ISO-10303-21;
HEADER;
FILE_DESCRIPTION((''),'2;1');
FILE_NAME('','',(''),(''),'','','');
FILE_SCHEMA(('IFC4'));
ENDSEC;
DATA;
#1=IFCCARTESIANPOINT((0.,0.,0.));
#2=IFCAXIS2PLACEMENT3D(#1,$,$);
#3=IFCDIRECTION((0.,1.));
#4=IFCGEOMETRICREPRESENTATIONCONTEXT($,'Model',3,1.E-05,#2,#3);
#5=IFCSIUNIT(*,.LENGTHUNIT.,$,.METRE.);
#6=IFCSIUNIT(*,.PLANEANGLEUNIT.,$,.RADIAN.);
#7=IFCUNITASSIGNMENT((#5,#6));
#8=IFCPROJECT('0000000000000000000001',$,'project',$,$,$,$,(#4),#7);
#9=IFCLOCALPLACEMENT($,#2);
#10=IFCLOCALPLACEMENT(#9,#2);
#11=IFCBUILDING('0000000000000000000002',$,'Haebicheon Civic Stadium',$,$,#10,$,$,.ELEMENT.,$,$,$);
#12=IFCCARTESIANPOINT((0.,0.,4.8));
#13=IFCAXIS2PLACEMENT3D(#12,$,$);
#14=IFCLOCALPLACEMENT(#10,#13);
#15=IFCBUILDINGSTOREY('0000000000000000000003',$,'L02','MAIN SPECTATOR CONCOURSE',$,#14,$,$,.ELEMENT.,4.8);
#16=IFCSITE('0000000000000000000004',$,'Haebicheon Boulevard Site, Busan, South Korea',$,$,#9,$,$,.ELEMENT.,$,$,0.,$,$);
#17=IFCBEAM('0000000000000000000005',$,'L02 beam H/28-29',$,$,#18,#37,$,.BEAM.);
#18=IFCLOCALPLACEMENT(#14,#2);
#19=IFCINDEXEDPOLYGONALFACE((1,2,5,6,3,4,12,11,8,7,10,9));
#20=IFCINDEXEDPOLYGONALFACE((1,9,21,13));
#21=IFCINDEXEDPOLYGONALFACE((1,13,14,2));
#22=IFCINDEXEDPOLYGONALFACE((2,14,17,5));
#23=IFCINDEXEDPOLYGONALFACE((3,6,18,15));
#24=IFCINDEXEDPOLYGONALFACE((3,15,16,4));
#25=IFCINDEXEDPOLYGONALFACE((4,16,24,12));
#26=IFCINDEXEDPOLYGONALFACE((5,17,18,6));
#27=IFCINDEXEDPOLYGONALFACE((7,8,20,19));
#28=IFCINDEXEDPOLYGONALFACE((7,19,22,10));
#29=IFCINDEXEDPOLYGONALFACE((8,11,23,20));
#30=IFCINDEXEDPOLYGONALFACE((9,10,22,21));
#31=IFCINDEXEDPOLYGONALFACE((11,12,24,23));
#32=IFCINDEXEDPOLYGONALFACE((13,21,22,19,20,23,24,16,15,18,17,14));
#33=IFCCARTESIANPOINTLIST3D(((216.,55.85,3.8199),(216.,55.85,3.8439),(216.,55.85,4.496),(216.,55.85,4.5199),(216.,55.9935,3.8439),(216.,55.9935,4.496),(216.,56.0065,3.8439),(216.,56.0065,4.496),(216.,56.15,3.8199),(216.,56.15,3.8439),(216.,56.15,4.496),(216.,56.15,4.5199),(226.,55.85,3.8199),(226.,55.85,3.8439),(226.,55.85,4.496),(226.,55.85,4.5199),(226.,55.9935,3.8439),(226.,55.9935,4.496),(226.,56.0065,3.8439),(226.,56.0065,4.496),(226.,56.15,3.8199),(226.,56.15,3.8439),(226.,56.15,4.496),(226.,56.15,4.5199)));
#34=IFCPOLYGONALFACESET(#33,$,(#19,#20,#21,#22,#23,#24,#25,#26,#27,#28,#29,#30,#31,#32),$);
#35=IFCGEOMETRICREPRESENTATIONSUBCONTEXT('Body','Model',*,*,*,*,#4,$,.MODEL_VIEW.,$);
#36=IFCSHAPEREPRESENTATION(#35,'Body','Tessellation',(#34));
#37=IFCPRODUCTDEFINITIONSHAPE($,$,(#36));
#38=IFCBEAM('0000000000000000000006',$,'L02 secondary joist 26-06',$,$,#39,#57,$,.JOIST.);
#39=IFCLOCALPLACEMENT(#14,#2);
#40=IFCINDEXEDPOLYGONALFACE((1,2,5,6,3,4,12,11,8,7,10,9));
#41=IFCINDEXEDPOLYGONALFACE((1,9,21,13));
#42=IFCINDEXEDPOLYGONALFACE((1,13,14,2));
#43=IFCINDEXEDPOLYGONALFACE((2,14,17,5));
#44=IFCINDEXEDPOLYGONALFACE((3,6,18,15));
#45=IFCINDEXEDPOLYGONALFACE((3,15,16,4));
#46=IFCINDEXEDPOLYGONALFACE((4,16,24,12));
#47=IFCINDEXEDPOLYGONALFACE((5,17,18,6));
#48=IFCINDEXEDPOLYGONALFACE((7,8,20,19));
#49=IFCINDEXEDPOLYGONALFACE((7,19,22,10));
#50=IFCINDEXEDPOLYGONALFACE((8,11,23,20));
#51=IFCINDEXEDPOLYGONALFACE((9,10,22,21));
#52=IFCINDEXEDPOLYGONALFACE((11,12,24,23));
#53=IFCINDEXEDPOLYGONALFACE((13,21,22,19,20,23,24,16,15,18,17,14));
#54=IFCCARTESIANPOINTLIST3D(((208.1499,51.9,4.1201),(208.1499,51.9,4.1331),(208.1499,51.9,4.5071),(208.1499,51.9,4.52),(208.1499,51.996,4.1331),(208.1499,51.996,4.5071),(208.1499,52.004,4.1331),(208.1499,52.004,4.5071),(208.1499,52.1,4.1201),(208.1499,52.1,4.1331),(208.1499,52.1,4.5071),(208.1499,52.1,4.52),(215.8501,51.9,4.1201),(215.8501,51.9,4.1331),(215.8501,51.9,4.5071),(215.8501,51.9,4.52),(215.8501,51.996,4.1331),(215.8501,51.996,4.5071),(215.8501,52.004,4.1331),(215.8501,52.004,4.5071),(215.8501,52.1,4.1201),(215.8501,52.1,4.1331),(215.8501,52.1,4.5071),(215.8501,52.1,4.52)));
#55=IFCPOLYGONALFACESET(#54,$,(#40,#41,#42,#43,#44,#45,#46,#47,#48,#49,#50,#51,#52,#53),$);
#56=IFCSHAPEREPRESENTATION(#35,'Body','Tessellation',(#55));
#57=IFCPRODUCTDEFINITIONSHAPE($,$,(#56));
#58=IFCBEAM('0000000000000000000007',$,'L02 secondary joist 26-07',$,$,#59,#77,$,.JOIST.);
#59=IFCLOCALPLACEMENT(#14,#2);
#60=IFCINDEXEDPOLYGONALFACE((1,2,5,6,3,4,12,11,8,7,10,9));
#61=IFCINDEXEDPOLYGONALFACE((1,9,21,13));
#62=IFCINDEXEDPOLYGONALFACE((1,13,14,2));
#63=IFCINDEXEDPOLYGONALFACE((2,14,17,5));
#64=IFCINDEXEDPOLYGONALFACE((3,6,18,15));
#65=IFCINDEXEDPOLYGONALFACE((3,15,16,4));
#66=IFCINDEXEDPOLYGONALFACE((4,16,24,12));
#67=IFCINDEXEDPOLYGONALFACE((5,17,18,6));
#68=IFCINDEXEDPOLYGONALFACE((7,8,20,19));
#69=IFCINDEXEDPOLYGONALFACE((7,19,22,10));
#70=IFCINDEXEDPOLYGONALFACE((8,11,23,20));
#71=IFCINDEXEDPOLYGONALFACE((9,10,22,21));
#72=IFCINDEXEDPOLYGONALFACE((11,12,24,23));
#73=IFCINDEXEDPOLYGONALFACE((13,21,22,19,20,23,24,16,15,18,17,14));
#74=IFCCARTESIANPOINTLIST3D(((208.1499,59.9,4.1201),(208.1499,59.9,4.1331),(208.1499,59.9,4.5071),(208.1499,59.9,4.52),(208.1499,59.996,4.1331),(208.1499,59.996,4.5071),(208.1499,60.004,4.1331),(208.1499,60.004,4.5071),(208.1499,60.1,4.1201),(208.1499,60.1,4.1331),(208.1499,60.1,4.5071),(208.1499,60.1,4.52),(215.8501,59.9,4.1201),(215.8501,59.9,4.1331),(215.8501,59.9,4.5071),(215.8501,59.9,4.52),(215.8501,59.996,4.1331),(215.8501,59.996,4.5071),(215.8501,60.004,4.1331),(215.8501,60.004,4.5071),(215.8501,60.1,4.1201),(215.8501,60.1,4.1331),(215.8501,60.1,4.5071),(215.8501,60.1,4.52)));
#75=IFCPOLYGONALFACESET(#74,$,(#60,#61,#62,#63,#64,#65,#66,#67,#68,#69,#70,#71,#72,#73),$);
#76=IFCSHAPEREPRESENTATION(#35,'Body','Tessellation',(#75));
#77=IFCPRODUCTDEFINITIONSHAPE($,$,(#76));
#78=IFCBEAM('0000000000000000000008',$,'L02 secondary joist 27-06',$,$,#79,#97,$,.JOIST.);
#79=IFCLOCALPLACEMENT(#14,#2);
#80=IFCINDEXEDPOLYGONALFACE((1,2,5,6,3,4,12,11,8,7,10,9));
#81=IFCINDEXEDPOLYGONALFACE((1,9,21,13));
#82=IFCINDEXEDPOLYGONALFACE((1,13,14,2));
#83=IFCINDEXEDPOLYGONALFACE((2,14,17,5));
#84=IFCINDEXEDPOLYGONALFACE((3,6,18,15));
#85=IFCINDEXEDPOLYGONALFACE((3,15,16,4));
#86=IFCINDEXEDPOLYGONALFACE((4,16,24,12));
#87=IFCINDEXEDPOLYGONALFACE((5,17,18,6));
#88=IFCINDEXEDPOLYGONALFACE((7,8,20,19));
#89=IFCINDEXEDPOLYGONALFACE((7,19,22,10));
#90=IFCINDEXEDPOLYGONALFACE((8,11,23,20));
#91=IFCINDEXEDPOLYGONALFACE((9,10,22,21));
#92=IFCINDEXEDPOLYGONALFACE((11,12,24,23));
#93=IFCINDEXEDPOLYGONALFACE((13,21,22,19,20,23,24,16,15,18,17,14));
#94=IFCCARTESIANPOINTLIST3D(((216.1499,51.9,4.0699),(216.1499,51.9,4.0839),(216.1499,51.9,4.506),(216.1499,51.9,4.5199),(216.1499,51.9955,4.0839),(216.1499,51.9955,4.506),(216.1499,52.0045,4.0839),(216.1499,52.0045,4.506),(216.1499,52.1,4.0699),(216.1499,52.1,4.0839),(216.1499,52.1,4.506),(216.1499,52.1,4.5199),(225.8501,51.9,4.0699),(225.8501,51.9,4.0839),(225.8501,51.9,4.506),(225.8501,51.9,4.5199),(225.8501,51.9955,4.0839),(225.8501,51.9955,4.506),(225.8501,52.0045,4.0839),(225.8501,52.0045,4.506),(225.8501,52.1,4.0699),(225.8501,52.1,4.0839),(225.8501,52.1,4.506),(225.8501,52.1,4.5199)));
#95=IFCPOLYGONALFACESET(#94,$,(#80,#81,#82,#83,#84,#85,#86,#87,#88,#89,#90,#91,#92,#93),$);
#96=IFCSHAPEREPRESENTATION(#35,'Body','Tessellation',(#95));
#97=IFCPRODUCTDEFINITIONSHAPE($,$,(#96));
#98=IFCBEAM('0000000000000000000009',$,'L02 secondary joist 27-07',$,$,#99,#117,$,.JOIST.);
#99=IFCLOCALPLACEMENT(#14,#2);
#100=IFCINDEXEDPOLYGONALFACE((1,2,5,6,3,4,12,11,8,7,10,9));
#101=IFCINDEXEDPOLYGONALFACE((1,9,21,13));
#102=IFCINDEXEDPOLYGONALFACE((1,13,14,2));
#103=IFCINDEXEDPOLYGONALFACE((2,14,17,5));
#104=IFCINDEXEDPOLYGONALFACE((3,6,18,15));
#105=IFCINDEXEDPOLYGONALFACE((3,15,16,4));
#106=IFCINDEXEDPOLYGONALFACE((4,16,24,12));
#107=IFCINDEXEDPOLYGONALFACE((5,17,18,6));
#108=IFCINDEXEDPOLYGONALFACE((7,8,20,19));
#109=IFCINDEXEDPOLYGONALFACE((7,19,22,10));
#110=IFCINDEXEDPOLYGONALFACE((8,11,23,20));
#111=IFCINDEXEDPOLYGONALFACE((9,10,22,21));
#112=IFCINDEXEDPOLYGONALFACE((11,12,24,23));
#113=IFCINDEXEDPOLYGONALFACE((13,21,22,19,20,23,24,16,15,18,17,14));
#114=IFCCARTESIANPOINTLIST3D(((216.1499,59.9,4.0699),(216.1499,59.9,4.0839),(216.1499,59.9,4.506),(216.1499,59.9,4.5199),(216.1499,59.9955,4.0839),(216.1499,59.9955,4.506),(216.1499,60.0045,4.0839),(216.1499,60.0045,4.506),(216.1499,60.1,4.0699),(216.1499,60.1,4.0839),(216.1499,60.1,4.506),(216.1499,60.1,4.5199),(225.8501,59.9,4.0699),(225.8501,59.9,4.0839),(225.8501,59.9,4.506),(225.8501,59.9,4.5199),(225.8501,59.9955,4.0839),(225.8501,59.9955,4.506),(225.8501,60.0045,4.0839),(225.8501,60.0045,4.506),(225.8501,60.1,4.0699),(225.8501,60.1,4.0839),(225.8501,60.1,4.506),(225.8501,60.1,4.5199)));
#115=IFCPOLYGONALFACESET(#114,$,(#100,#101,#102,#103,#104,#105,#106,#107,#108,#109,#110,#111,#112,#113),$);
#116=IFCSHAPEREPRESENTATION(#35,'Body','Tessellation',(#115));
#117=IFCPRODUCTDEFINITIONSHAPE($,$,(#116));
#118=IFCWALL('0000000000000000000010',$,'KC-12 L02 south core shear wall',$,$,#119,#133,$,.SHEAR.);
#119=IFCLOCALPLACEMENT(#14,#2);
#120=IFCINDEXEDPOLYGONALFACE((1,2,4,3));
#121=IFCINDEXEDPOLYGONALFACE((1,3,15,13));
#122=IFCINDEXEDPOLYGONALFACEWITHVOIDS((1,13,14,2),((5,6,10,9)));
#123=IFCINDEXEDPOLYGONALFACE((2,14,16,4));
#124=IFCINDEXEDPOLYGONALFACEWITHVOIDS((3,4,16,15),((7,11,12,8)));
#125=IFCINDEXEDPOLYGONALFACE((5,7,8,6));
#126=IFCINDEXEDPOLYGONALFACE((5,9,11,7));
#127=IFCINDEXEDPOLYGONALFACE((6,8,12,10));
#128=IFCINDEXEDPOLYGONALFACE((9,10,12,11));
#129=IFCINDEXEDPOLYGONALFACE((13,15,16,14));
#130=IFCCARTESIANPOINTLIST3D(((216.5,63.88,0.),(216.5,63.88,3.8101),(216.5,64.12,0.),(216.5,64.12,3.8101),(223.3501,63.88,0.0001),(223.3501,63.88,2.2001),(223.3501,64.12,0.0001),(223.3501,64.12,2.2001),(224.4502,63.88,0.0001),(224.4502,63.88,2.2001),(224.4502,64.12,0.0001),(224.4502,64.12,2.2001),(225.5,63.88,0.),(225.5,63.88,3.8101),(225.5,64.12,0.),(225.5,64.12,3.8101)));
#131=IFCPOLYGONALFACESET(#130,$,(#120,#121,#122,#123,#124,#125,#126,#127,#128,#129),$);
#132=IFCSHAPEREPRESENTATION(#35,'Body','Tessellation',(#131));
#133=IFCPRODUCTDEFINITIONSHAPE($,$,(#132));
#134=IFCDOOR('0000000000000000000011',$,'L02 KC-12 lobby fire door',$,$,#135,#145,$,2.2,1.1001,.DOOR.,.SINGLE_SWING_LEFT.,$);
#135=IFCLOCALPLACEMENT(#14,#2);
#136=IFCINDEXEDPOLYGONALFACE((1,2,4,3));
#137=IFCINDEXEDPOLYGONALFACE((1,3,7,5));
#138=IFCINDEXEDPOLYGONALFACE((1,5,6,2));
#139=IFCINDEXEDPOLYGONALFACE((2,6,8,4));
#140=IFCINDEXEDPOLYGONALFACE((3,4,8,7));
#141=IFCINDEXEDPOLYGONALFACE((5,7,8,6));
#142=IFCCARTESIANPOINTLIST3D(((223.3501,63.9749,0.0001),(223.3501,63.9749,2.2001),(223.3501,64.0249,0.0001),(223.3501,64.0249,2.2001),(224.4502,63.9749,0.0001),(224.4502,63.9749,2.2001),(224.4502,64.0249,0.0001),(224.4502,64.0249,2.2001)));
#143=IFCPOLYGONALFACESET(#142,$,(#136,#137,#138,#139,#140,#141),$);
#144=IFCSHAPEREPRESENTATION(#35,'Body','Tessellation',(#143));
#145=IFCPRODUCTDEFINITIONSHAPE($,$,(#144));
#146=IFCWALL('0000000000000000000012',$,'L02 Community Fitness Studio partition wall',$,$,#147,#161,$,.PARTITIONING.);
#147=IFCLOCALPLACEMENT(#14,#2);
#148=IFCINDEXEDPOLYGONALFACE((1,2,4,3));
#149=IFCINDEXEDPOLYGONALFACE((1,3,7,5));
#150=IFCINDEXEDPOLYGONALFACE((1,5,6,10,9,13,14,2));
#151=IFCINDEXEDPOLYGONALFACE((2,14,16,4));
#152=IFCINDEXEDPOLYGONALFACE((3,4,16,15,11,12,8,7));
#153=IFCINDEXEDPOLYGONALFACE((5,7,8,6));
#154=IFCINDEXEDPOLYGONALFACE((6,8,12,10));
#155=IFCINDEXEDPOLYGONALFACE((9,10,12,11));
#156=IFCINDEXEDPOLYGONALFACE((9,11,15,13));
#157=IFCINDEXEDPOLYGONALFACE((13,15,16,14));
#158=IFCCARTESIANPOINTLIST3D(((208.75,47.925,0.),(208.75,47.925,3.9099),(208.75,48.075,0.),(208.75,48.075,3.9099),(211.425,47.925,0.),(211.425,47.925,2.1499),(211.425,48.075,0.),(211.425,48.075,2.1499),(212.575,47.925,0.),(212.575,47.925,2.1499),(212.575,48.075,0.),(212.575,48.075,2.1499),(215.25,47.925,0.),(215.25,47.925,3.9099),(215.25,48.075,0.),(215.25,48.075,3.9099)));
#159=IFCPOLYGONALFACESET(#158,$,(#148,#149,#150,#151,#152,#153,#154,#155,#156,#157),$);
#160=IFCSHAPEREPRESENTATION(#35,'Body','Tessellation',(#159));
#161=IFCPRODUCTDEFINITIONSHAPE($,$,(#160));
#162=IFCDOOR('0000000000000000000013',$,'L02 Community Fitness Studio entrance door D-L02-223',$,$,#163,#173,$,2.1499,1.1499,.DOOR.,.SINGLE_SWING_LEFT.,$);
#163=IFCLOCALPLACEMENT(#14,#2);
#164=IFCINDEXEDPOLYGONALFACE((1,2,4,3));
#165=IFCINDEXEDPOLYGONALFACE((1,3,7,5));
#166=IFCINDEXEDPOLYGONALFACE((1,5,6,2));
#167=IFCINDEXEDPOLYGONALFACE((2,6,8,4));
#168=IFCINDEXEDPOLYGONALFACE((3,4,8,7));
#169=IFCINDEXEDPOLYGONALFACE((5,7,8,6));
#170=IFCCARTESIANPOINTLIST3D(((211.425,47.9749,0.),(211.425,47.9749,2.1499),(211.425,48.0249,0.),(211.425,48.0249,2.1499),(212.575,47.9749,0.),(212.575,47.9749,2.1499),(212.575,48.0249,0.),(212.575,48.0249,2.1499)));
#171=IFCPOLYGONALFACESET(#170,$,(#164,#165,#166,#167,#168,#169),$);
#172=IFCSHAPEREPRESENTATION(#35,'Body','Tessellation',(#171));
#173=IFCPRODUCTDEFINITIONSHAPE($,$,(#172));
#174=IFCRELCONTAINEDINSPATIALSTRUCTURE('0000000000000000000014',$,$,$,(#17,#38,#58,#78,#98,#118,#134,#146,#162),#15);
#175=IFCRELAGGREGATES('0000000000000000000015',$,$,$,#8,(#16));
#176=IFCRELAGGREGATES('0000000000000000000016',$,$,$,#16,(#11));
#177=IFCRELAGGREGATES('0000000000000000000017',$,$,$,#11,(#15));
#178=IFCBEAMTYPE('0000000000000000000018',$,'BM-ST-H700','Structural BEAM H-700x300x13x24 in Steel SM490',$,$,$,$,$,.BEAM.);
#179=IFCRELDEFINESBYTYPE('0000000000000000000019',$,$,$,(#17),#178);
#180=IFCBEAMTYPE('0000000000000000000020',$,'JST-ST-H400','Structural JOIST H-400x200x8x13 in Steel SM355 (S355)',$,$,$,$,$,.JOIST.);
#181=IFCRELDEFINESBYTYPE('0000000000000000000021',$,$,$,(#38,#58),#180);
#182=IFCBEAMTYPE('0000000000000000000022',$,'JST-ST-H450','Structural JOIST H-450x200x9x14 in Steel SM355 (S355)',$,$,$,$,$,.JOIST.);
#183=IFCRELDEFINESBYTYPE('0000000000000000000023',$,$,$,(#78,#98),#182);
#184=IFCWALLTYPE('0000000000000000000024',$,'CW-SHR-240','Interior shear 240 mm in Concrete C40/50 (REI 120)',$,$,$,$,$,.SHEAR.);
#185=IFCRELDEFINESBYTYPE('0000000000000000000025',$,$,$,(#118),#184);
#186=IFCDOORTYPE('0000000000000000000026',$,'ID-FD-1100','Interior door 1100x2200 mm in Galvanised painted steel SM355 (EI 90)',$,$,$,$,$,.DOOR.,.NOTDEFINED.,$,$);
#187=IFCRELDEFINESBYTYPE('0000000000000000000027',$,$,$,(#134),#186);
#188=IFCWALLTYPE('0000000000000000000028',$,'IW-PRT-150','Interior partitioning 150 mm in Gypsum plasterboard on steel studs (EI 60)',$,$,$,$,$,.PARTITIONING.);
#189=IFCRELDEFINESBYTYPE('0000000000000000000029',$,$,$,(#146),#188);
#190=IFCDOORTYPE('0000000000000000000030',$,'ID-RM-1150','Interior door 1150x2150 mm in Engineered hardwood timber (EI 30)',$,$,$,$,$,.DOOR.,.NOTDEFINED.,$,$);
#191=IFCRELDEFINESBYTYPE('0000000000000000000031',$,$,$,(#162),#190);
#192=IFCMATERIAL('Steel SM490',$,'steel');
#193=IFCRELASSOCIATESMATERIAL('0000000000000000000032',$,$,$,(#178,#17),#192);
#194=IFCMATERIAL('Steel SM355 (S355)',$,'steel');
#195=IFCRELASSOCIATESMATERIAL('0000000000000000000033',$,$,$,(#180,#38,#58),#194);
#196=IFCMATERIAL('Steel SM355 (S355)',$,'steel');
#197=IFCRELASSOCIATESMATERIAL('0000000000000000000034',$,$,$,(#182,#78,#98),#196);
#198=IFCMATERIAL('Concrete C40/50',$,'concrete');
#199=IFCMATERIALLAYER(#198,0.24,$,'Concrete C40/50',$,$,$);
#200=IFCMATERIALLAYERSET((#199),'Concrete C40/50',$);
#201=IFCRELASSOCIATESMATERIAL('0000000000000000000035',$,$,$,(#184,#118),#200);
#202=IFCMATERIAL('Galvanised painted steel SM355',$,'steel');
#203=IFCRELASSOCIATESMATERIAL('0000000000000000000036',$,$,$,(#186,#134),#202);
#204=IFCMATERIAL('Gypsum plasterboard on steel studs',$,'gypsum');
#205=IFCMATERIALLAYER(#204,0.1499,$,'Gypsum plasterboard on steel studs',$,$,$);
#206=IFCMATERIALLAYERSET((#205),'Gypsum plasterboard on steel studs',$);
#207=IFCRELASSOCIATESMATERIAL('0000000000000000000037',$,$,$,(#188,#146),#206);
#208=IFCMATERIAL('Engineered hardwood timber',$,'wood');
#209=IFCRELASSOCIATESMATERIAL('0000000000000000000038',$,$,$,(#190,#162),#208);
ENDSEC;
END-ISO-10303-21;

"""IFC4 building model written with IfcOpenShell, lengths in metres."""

from ifc_helpers import new_model, si_unit, direction, frame, frame_2d, origin, origin_2d, place, context, subcontext, project, spatial, rectangle, i_section, extrude, material, layer, layer_set, material_profile, profile_set, type_object, element, fill, save


model = new_model("IFC4")

# Units and contexts
model_context = context("Model", 3, precision=1e-05, world=origin(), true_north=direction((0.0, 1.0)))
body_context = subcontext(model_context, "Body", "Model", "MODEL_VIEW")
ifc_project = project(units=[si_unit("LENGTHUNIT", "METRE"), si_unit("PLANEANGLEUNIT", "RADIAN")], contexts=[model_context])

# Site, building, storey
site_placement = place(None, origin())
site = spatial("IfcSite", under=ifc_project, at=site_placement, Name="Haebicheon Boulevard Site, Busan, South Korea", CompositionType="ELEMENT", RefElevation=0.0)
building_placement = place(site_placement, origin())
building = spatial("IfcBuilding", under=site, at=building_placement, Name="Haebicheon Civic Stadium", CompositionType="ELEMENT")
storey_placement = place(building_placement, frame((0.0, 0.0, 4.8)))
storey = spatial("IfcBuildingStorey", under=building, at=storey_placement, Name="L02", Description="MAIN SPECTATOR CONCOURSE", CompositionType="ELEMENT", Elevation=4.8)

# Beams
ifc_material_1 = material(Name="Steel SM490", Category="steel")
ifc_material_profile_1 = material_profile(ifc_material_1, i_section(OverallWidth=0.3, OverallDepth=0.7, WebThickness=0.0129, FlangeThickness=0.0239, at=origin_2d()), Name="H-700x300x13x24")
ifc_profile_set_1 = profile_set([ifc_material_profile_1], Name="Steel SM490")
beam_type_1 = type_object("IfcBeamType", Name="BM-ST-H700", Description="Structural BEAM H-700x300x13x24 in Steel SM490", PredefinedType="BEAM", material=ifc_profile_set_1)
for number, where, z_axis, x_axis, name in (
    (1, (216.0, 56.0, 4.1699), (1.0, 0.0, 0.0), (0.0, 1.0, 0.0), "L02 beam H/28-29"),
):
    element("IfcBeam", number, at=place(storey_placement, frame(where, z_axis=z_axis, x_axis=x_axis)), inside=storey, type_object=beam_type_1, material=ifc_profile_set_1, Name=name, PredefinedType="BEAM", context=body_context, shape_type="SweptSolid", body=[
        extrude(i_section(OverallWidth=0.3, OverallDepth=0.7, WebThickness=0.0129, FlangeThickness=0.0239, at=origin_2d()), origin(), (0.0, 0.0, 1.0), 10.0),
    ])
ifc_material_2 = material(Name="Steel SM355 (S355)", Category="steel")
ifc_material_profile_2 = material_profile(ifc_material_2, i_section(OverallWidth=0.2, OverallDepth=0.3999, WebThickness=0.0081, FlangeThickness=0.0129, at=origin_2d()), Name="H-400x200x8x13")
ifc_profile_set_2 = profile_set([ifc_material_profile_2], Name="Steel SM355 (S355)")
beam_type_2 = type_object("IfcBeamType", Name="JST-ST-H400", Description="Structural JOIST H-400x200x8x13 in Steel SM355 (S355)", PredefinedType="JOIST", material=ifc_profile_set_2)
for number, where, z_axis, x_axis, name in (
    (2, (208.1499, 52.0, 4.3201), (1.0, 0.0, 0.0), (0.0, 1.0, 0.0), "L02 secondary joist 26-06"),
    (3, (208.1499, 60.0, 4.3201), (1.0, 0.0, 0.0), (0.0, 1.0, 0.0), "L02 secondary joist 26-07"),
):
    element("IfcBeam", number, at=place(storey_placement, frame(where, z_axis=z_axis, x_axis=x_axis)), inside=storey, type_object=beam_type_2, material=ifc_profile_set_2, Name=name, PredefinedType="JOIST", context=body_context, shape_type="SweptSolid", body=[
        extrude(i_section(OverallWidth=0.2, OverallDepth=0.3999, WebThickness=0.0081, FlangeThickness=0.0129, at=origin_2d()), origin(), (0.0, 0.0, 1.0), 7.7002),
    ])
ifc_material_3 = material(Name="Steel SM355 (S355)", Category="steel")
ifc_material_profile_3 = material_profile(ifc_material_3, i_section(OverallWidth=0.2, OverallDepth=0.45, WebThickness=0.009, FlangeThickness=0.0139, at=origin_2d()), Name="H-450x200x9x14")
ifc_profile_set_3 = profile_set([ifc_material_profile_3], Name="Steel SM355 (S355)")
beam_type_3 = type_object("IfcBeamType", Name="JST-ST-H450", Description="Structural JOIST H-450x200x9x14 in Steel SM355 (S355)", PredefinedType="JOIST", material=ifc_profile_set_3)
for number, where, z_axis, x_axis, name in (
    (4, (216.1499, 52.0, 4.2949), (1.0, 0.0, 0.0), (0.0, 1.0, 0.0), "L02 secondary joist 27-06"),
    (5, (216.1499, 60.0, 4.2949), (1.0, 0.0, 0.0), (0.0, 1.0, 0.0), "L02 secondary joist 27-07"),
):
    element("IfcBeam", number, at=place(storey_placement, frame(where, z_axis=z_axis, x_axis=x_axis)), inside=storey, type_object=beam_type_3, material=ifc_profile_set_3, Name=name, PredefinedType="JOIST", context=body_context, shape_type="SweptSolid", body=[
        extrude(i_section(OverallWidth=0.2, OverallDepth=0.45, WebThickness=0.009, FlangeThickness=0.0139, at=origin_2d()), origin(), (0.0, 0.0, 1.0), 9.7002),
    ])

# Walls, openings, doors
ifc_material_4 = material(Name="Concrete C40/50", Category="concrete")
ifc_layer_1 = layer(ifc_material_4, 0.24, Name="Concrete C40/50")
ifc_layer_set_1 = layer_set([ifc_layer_1], Name="Concrete C40/50")
wall_type_1 = type_object("IfcWallType", Name="CW-SHR-240", Description="Interior shear 240 mm in Concrete C40/50 (REI 120)", PredefinedType="SHEAR", material=ifc_layer_set_1)
wall_1_placement = place(storey_placement, frame((216.5, 64.0, 0.0), z_axis=(0.0, 0.0, 1.0), x_axis=(1.0, 0.0, 0.0)))
wall_1 = element("IfcWall", 6, at=wall_1_placement, inside=storey, type_object=wall_type_1, material=ifc_layer_set_1, Name="KC-12 L02 south core shear wall", PredefinedType="SHEAR", context=body_context, shape_type="SweptSolid", body=[
    extrude(rectangle(XDim=9.0, YDim=0.24, at=frame_2d((4.5, 0.0))), origin(), (0.0, 0.0, 1.0), 3.8101),
])
opening_1_placement = place(wall_1_placement, frame((6.8501, 0.0, 0.0)))
opening_1 = element("IfcOpeningElement", 7, at=opening_1_placement, cuts=wall_1, PredefinedType="OPENING", context=body_context, shape_type="SweptSolid", body=[
    extrude(rectangle(XDim=1.1001, YDim=2.2, at=frame_2d((0.55, 1.1001))), frame((0.0, 0.1299, 0.0), z_axis=(0.0, -1.0, 0.0), x_axis=(1.0, 0.0, 0.0)), (0.0, 0.0, 1.0), 0.26),
])
ifc_material_5 = material(Name="Galvanised painted steel SM355", Category="steel")
door_type_1 = type_object("IfcDoorType", Name="ID-FD-1100", Description="Interior door 1100x2200 mm in Galvanised painted steel SM355 (EI 90)", OperationType="NOTDEFINED", PredefinedType="DOOR", material=ifc_material_5)
door_1_placement = place(opening_1_placement, origin())
door_1 = element("IfcDoor", 8, at=door_1_placement, inside=storey, type_object=door_type_1, material=ifc_material_5, Name="L02 KC-12 lobby fire door", OperationType="SINGLE_SWING_LEFT", OverallHeight=2.2, OverallWidth=1.1001, PredefinedType="DOOR", context=body_context, shape_type="SweptSolid", body=[
    extrude(rectangle(XDim=1.1001, YDim=2.2, at=frame_2d((0.55, 1.1001))), frame((0.0, 0.0249, 0.0), z_axis=(0.0, -1.0, 0.0), x_axis=(1.0, 0.0, 0.0)), (0.0, 0.0, 1.0), 0.05),
])
fill(opening_1, door_1)
ifc_material_6 = material(Name="Gypsum plasterboard on steel studs", Category="gypsum")
ifc_layer_2 = layer(ifc_material_6, 0.1499, Name="Gypsum plasterboard on steel studs")
ifc_layer_set_2 = layer_set([ifc_layer_2], Name="Gypsum plasterboard on steel studs")
wall_type_2 = type_object("IfcWallType", Name="IW-PRT-150", Description="Interior partitioning 150 mm in Gypsum plasterboard on steel studs (EI 60)", PredefinedType="PARTITIONING", material=ifc_layer_set_2)
wall_2_placement = place(storey_placement, frame((208.75, 48.0, 0.0), z_axis=(0.0, 0.0, 1.0), x_axis=(1.0, 0.0, 0.0)))
wall_2 = element("IfcWall", 9, at=wall_2_placement, inside=storey, type_object=wall_type_2, material=ifc_layer_set_2, Name="L02 Community Fitness Studio partition wall", PredefinedType="PARTITIONING", context=body_context, shape_type="SweptSolid", body=[
    extrude(rectangle(XDim=6.5, YDim=0.1499, at=frame_2d((3.25, 0.0))), origin(), (0.0, 0.0, 1.0), 3.9099),
])
opening_2_placement = place(wall_2_placement, frame((2.675, 0.0, 0.0)))
opening_2 = element("IfcOpeningElement", 10, at=opening_2_placement, cuts=wall_2, PredefinedType="OPENING", context=body_context, shape_type="SweptSolid", body=[
    extrude(rectangle(XDim=1.1499, YDim=2.1499, at=frame_2d((0.575, 1.075))), frame((0.0, 0.085, 0.0), z_axis=(0.0, -1.0, 0.0), x_axis=(1.0, 0.0, 0.0)), (0.0, 0.0, 1.0), 0.1699),
])
ifc_material_7 = material(Name="Engineered hardwood timber", Category="wood")
door_type_2 = type_object("IfcDoorType", Name="ID-RM-1150", Description="Interior door 1150x2150 mm in Engineered hardwood timber (EI 30)", OperationType="NOTDEFINED", PredefinedType="DOOR", material=ifc_material_7)
door_2_placement = place(opening_2_placement, origin())
door_2 = element("IfcDoor", 11, at=door_2_placement, inside=storey, type_object=door_type_2, material=ifc_material_7, Name="L02 Community Fitness Studio entrance door D-L02-223", OperationType="SINGLE_SWING_LEFT", OverallHeight=2.1499, OverallWidth=1.1499, PredefinedType="DOOR", context=body_context, shape_type="SweptSolid", body=[
    extrude(rectangle(XDim=1.1499, YDim=2.1499, at=frame_2d((0.575, 1.075))), frame((0.0, 0.0249, 0.0), z_axis=(0.0, -1.0, 0.0), x_axis=(1.0, 0.0, 0.0)), (0.0, 0.0, 1.0), 0.05),
])
fill(opening_2, door_2)

save(model, "model.ifc")
